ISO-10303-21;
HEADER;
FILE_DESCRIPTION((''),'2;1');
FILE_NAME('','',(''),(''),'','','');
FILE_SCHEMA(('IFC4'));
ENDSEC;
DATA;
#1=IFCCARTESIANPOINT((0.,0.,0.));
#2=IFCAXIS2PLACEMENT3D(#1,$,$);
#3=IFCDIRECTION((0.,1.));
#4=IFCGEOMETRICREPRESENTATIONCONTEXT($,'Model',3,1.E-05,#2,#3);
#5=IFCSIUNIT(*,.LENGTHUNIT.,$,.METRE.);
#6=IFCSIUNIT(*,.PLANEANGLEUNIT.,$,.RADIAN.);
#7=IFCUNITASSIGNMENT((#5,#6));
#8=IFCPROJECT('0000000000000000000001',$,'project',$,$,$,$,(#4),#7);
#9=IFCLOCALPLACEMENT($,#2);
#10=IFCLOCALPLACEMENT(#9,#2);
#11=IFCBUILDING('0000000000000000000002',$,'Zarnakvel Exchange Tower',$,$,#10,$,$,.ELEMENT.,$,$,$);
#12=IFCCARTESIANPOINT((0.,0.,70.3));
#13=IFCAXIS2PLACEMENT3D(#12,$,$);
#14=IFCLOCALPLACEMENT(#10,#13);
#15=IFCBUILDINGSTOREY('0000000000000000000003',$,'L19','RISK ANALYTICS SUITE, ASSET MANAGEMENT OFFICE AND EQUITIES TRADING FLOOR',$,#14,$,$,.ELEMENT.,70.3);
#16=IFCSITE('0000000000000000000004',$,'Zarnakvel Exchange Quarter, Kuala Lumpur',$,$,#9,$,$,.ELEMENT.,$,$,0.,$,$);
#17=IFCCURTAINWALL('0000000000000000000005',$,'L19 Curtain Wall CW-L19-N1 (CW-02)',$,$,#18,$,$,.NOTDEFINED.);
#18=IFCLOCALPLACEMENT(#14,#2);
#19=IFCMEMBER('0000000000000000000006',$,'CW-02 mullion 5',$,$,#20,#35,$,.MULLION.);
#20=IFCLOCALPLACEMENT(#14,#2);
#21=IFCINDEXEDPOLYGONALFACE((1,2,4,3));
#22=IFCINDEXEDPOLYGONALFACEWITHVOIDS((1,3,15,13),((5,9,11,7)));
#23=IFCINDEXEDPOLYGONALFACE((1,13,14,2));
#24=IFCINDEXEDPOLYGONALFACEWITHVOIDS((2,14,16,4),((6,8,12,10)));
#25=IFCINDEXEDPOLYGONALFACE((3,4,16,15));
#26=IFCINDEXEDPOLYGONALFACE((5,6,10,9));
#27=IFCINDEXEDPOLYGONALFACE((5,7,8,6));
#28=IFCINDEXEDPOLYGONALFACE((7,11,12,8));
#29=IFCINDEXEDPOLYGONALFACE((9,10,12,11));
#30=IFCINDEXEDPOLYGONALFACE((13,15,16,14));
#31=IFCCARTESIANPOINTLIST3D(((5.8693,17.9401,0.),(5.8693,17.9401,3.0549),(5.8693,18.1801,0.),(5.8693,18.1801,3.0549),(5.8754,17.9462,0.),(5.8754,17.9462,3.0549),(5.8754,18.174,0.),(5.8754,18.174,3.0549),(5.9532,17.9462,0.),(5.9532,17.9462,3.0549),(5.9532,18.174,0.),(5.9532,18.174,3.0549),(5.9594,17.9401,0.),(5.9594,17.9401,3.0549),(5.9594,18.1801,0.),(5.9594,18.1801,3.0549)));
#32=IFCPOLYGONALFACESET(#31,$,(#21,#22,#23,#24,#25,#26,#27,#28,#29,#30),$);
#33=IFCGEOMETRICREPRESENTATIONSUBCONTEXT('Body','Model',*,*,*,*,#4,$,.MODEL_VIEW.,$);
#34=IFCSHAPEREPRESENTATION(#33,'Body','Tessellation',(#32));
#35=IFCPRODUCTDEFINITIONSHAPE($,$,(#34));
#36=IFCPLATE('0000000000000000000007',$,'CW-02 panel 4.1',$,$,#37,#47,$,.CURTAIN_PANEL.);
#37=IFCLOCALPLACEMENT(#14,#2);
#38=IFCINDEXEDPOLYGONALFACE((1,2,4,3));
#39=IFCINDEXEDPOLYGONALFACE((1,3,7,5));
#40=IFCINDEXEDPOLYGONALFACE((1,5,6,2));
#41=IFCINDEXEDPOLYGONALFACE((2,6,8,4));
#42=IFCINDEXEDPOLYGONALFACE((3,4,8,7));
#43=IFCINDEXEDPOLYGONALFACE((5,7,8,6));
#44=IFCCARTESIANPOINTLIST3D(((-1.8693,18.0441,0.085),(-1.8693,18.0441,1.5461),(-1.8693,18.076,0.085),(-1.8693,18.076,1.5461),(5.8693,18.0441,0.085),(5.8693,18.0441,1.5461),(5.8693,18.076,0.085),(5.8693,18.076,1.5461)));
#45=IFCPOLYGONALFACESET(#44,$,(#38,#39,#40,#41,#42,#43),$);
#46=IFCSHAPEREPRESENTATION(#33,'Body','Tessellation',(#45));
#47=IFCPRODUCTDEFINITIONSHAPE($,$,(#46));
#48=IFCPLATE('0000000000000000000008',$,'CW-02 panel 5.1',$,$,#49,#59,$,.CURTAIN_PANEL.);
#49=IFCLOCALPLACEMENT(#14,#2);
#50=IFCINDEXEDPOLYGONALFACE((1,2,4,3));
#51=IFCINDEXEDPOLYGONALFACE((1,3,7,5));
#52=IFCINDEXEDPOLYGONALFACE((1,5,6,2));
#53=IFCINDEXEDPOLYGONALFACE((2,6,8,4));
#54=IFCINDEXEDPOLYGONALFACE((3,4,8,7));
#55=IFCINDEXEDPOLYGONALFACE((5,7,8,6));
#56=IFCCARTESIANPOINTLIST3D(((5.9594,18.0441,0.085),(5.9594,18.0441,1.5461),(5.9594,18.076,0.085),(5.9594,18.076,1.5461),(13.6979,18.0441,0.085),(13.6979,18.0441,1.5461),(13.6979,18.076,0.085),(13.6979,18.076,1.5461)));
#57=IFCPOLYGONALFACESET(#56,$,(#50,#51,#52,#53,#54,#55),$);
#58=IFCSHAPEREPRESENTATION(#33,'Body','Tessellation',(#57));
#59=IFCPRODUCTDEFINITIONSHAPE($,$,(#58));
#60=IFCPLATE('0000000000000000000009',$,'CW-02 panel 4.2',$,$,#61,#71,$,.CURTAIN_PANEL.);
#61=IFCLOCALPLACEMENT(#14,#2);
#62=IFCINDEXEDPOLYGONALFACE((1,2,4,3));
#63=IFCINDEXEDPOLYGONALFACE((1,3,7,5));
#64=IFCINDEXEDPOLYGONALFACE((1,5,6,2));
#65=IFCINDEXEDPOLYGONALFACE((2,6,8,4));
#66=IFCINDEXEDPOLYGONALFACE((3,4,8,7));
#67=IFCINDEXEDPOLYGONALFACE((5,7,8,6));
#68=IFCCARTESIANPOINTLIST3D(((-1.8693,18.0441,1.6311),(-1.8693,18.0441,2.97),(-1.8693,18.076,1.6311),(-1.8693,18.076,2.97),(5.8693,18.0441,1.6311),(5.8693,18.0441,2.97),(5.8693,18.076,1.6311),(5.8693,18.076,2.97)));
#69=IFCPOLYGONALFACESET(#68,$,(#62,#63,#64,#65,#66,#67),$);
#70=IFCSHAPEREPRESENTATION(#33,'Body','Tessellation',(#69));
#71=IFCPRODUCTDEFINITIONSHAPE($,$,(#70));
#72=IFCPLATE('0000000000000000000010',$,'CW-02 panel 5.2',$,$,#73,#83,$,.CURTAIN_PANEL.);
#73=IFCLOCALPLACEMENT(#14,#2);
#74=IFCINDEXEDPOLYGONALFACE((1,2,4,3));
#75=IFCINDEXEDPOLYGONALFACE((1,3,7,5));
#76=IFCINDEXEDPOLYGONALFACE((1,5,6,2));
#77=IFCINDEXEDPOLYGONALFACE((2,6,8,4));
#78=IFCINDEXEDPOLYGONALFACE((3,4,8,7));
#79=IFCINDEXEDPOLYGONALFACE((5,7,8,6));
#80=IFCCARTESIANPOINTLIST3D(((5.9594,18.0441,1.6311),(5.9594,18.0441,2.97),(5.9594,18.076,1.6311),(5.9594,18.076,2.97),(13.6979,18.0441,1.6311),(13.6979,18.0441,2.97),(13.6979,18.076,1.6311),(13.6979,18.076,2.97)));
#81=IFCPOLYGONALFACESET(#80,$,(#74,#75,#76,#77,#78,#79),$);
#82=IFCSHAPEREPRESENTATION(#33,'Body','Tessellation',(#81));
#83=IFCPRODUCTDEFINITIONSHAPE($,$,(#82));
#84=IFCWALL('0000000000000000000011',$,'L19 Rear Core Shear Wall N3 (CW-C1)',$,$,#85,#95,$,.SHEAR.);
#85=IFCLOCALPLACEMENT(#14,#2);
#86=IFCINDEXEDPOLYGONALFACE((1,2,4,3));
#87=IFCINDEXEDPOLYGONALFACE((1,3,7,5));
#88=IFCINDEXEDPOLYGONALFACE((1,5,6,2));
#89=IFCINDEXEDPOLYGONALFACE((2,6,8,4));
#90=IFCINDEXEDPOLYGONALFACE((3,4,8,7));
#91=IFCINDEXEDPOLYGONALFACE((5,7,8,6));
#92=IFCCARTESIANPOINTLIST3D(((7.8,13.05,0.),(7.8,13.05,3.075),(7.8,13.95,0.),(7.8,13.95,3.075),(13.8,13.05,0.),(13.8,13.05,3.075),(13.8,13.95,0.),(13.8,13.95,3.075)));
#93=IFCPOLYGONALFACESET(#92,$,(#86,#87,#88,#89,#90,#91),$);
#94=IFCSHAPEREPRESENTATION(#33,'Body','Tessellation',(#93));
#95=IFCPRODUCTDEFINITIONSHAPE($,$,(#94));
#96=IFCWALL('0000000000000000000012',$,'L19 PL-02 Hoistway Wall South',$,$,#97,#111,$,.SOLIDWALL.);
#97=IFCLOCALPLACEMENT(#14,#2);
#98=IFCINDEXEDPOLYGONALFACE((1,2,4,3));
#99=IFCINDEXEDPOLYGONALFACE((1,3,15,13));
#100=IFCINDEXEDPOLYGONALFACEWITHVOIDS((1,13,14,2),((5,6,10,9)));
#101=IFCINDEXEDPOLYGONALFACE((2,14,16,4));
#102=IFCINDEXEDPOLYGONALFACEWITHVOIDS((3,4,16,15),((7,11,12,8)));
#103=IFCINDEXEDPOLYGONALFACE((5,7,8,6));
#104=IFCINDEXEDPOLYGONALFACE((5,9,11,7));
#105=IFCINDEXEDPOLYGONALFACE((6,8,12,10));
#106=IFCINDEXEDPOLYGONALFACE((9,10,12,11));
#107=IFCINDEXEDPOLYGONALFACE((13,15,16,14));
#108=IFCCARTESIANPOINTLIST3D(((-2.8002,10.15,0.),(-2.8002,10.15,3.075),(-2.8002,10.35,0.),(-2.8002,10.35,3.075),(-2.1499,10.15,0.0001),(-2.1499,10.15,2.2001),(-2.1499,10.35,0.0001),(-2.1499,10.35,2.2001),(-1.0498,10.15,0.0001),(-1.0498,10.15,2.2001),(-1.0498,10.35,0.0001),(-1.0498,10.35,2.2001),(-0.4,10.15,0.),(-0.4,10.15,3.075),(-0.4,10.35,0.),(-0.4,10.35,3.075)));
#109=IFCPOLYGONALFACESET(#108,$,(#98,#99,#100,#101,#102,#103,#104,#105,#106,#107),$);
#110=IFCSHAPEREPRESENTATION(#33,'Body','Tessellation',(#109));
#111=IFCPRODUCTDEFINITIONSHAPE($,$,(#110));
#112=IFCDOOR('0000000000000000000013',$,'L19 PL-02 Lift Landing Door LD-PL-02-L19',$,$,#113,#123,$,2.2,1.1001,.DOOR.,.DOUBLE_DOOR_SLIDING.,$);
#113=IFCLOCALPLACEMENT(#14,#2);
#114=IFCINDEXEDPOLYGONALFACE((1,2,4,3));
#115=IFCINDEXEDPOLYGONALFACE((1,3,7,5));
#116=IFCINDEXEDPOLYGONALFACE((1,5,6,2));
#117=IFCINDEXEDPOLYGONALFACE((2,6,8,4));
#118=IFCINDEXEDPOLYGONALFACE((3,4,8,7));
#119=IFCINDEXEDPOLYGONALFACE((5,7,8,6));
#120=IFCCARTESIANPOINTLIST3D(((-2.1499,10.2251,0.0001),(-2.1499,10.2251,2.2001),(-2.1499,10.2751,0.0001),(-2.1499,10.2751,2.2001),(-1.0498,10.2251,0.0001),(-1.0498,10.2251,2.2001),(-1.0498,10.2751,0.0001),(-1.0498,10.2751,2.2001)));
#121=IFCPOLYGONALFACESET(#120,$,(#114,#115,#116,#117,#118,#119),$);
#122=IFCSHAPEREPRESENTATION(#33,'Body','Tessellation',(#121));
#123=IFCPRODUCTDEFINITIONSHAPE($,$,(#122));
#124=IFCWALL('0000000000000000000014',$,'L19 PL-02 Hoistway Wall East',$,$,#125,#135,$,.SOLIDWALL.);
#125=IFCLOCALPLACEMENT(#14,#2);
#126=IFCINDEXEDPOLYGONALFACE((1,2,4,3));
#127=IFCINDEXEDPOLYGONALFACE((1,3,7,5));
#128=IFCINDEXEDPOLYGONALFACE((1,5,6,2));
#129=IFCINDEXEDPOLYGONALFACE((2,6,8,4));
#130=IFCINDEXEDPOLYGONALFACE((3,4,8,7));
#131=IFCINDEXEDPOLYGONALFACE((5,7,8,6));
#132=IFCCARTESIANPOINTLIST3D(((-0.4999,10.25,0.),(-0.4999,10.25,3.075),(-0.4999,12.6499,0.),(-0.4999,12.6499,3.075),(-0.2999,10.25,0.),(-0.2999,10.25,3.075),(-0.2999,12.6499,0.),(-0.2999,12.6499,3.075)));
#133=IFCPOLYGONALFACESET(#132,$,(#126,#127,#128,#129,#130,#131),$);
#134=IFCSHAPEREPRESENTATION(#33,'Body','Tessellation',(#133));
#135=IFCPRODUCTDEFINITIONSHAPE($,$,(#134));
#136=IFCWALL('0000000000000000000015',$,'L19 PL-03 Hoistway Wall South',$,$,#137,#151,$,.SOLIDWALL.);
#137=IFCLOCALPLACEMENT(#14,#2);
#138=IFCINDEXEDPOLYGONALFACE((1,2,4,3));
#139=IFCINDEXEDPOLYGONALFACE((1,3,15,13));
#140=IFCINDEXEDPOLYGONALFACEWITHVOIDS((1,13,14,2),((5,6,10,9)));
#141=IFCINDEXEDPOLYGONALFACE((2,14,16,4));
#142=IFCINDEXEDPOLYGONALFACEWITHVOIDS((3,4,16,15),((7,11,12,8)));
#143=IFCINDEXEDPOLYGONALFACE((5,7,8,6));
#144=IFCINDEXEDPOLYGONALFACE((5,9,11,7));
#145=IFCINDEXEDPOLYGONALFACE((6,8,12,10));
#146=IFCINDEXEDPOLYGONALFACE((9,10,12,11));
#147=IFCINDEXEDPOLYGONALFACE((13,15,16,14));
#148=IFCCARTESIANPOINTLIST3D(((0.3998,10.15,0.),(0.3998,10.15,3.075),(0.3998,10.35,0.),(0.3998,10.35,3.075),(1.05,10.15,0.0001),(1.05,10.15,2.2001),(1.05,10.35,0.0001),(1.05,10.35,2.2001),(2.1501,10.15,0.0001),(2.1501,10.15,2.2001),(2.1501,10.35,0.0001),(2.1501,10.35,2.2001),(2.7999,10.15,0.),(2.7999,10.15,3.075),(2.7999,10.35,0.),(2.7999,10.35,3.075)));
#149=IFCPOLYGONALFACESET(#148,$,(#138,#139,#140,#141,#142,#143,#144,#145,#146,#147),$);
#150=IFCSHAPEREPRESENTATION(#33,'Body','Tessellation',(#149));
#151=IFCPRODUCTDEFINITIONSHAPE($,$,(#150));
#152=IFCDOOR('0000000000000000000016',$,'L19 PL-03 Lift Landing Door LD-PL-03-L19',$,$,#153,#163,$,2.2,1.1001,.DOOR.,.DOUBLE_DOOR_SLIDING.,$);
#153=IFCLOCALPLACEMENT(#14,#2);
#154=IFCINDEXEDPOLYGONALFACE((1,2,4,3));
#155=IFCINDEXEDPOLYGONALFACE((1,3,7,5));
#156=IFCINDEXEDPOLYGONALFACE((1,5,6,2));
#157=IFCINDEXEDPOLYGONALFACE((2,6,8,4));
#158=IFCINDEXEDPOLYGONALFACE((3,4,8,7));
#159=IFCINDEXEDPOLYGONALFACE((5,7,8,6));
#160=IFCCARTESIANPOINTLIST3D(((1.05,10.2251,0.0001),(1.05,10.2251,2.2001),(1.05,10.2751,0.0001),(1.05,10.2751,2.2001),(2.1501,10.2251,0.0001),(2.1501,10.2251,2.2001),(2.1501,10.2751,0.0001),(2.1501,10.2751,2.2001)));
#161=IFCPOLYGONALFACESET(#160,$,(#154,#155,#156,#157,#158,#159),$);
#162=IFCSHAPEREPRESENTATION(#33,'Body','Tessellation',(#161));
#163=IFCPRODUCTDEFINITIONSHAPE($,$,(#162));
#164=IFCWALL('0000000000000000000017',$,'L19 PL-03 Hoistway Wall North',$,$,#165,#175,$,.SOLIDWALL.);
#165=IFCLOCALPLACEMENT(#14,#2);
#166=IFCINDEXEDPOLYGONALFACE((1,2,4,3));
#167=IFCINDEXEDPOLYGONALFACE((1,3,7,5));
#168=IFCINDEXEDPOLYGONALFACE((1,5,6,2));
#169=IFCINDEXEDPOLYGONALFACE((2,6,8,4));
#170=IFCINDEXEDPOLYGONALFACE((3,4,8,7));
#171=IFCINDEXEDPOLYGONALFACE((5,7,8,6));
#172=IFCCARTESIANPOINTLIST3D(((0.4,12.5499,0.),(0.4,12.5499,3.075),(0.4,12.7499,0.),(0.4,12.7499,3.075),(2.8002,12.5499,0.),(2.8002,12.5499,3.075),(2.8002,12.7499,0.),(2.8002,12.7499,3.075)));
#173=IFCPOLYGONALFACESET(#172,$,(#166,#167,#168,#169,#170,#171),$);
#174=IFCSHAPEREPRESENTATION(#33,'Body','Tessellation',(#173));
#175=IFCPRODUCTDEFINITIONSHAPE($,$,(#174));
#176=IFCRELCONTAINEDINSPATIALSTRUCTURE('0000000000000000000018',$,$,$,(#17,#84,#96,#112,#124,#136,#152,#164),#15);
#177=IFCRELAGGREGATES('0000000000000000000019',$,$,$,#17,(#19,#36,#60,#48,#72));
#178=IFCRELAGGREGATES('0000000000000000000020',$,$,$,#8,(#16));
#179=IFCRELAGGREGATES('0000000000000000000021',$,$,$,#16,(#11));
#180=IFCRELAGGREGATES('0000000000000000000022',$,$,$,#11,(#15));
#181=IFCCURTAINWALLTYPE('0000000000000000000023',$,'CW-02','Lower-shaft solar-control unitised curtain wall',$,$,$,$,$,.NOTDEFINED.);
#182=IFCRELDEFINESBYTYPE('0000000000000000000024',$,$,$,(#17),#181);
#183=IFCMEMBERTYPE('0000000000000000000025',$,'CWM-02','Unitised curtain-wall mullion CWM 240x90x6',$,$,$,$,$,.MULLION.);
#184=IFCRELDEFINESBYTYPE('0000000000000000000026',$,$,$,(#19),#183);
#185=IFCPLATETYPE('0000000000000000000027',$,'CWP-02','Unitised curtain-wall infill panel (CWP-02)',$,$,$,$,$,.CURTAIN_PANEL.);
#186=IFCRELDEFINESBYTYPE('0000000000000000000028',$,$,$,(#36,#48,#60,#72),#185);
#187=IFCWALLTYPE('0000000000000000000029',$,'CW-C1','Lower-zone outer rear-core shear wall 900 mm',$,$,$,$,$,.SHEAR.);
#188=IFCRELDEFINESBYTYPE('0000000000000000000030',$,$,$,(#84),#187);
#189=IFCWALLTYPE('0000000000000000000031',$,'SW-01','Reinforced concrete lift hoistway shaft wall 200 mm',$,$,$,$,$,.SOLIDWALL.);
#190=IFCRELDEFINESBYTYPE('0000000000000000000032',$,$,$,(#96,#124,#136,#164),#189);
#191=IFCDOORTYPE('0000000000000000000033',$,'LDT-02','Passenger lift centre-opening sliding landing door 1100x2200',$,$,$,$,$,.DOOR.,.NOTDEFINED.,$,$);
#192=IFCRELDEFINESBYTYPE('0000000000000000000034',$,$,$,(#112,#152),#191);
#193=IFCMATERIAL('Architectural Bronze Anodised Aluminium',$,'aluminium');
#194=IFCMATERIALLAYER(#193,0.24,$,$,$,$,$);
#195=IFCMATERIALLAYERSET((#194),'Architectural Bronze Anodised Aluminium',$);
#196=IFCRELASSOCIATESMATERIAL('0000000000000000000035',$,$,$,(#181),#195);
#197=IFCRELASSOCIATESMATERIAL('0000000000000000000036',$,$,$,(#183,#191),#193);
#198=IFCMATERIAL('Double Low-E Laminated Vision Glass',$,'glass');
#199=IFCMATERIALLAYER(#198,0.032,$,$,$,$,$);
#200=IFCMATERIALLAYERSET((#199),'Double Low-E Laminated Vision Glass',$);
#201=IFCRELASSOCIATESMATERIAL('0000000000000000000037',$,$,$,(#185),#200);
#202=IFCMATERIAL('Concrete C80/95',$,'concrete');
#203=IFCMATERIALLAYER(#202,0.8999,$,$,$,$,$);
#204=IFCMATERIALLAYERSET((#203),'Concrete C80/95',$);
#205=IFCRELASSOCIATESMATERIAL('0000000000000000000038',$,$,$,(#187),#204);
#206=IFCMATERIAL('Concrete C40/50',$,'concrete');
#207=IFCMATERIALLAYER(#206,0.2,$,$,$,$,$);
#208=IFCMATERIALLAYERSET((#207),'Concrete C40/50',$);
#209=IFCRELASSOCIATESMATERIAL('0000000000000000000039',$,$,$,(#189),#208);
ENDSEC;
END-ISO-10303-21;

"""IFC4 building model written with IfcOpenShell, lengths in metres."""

from ifc_helpers import new_model, si_unit, direction, frame, frame_2d, origin, origin_2d, place, context, subcontext, project, spatial, rectangle, hollow_rectangle, extrude, source, transform, mapped, material, layer, layer_set, material_profile, profile_set, type_object, element, fill, aggregate, save


model = new_model("IFC4")

# Units and contexts
model_context = context("Model", 3, precision=1e-05, world=origin(), true_north=direction((0.0, 1.0)))
body_context = subcontext(model_context, "Body", "Model", "MODEL_VIEW")
ifc_project = project(units=[si_unit("LENGTHUNIT", "METRE"), si_unit("PLANEANGLEUNIT", "RADIAN")], contexts=[model_context])

# Site, building, storey
site_placement = place(None, origin())
site = spatial("IfcSite", under=ifc_project, at=site_placement, Name="Zarnakvel Exchange Quarter, Kuala Lumpur", CompositionType="ELEMENT", RefElevation=0.0)
building_placement = place(site_placement, origin())
building = spatial("IfcBuilding", under=site, at=building_placement, Name="Zarnakvel Exchange Tower", CompositionType="ELEMENT")
storey_placement = place(building_placement, frame((0.0, 0.0, 70.3)))
storey = spatial("IfcBuildingStorey", under=building, at=storey_placement, Name="L19", Description="RISK ANALYTICS SUITE, ASSET MANAGEMENT OFFICE AND EQUITIES TRADING FLOOR", CompositionType="ELEMENT", Elevation=70.3)

# Shared definitions
ifc_material_1 = material(Name="Concrete C80/95", Category="concrete")

# Curtain wall, member, plates
ifc_material_2 = material(Name="Architectural Bronze Anodised Aluminium", Category="aluminium")
ifc_layer_1 = layer(ifc_material_2, 0.24)
ifc_layer_set_1 = layer_set([ifc_layer_1], Name="Architectural Bronze Anodised Aluminium")
curtain_wall_type = type_object("IfcCurtainWallType", Name="CW-02", Description="Lower-shaft solar-control unitised curtain wall", PredefinedType="NOTDEFINED", material=ifc_layer_set_1)
curtain_wall_placement = place(storey_placement, origin())
curtain_wall = element("IfcCurtainWall", 1, at=curtain_wall_placement, inside=storey, type_object=curtain_wall_type, Name="L19 Curtain Wall CW-L19-N1 (CW-02)", PredefinedType="NOTDEFINED")
ifc_material_profile_1 = material_profile(ifc_material_2, hollow_rectangle(XDim=0.24, YDim=0.0901, WallThickness=0.0061, at=origin_2d()))
ifc_profile_set_1 = profile_set([ifc_material_profile_1], Name="Architectural Bronze Anodised Aluminium")
member_type_1 = type_object("IfcMemberType", Name="CWM-02", Description="Unitised curtain-wall mullion CWM 240x90x6", PredefinedType="MULLION", material=ifc_profile_set_1)
shared_shape_1 = source(origin(), body_context, "Body", "SweptSolid", [
    extrude(hollow_rectangle(XDim=0.24, YDim=0.0901, WallThickness=0.0061, at=origin_2d()), origin(), (0.0, 0.0, 1.0), 3.0549),
])
member_1_placement = place(storey_placement, frame((5.9143, 18.0601, 0.0), z_axis=(0.0, 0.0, 1.0), x_axis=(0.0, 1.0, 0.0)))
member_1 = element("IfcMember", 2, at=member_1_placement, type_object=member_type_1, Name="CW-02 mullion 5", PredefinedType="MULLION", context=body_context, shape_type="MappedRepresentation", body=[
    mapped(shared_shape_1, transform((0.0, 0.0, 0.0), x_axis=(1.0, 0.0, 0.0), y_axis=(0.0, 1.0, 0.0), z_axis=(0.0, 0.0, 1.0), scale=1.0)),
])
ifc_material_3 = material(Name="Double Low-E Laminated Vision Glass", Category="glass")
ifc_layer_2 = layer(ifc_material_3, 0.032)
ifc_layer_set_2 = layer_set([ifc_layer_2], Name="Double Low-E Laminated Vision Glass")
plate_type = type_object("IfcPlateType", Name="CWP-02", Description="Unitised curtain-wall infill panel (CWP-02)", PredefinedType="CURTAIN_PANEL", material=ifc_layer_set_2)
shared_shape_2 = source(origin(), body_context, "Body", "SweptSolid", [
    extrude(rectangle(XDim=7.7385, YDim=0.032, at=origin_2d()), origin(), (0.0, 0.0, 1.0), 1.4612),
])
plate_1_placement = place(storey_placement, frame((2.0, 18.0601, 0.085), z_axis=(0.0, 0.0, 1.0), x_axis=(1.0, 0.0, 0.0)))
plate_1 = element("IfcPlate", 3, at=plate_1_placement, type_object=plate_type, Name="CW-02 panel 4.1", PredefinedType="CURTAIN_PANEL", context=body_context, shape_type="MappedRepresentation", body=[
    mapped(shared_shape_2, transform((0.0, 0.0, 0.0), x_axis=(1.0, 0.0, 0.0), y_axis=(0.0, 1.0, 0.0), z_axis=(0.0, 0.0, 1.0), scale=1.0)),
])
plate_2_placement = place(storey_placement, frame((9.8286, 18.0601, 0.085), z_axis=(0.0, 0.0, 1.0), x_axis=(1.0, 0.0, 0.0)))
plate_2 = element("IfcPlate", 4, at=plate_2_placement, type_object=plate_type, Name="CW-02 panel 5.1", PredefinedType="CURTAIN_PANEL", context=body_context, shape_type="MappedRepresentation", body=[
    mapped(shared_shape_2, transform((0.0, 0.0, 0.0), x_axis=(1.0, 0.0, 0.0), y_axis=(0.0, 1.0, 0.0), z_axis=(0.0, 0.0, 1.0), scale=1.0)),
])
shared_shape_3 = source(origin(), body_context, "Body", "SweptSolid", [
    extrude(rectangle(XDim=7.7385, YDim=0.032, at=origin_2d()), origin(), (0.0, 0.0, 1.0), 1.3389),
])
plate_3_placement = place(storey_placement, frame((2.0, 18.0601, 1.6311), z_axis=(0.0, 0.0, 1.0), x_axis=(1.0, 0.0, 0.0)))
plate_3 = element("IfcPlate", 5, at=plate_3_placement, type_object=plate_type, Name="CW-02 panel 4.2", PredefinedType="CURTAIN_PANEL", context=body_context, shape_type="MappedRepresentation", body=[
    mapped(shared_shape_3, transform((0.0, 0.0, 0.0), x_axis=(1.0, 0.0, 0.0), y_axis=(0.0, 1.0, 0.0), z_axis=(0.0, 0.0, 1.0), scale=1.0)),
])
plate_4_placement = place(storey_placement, frame((9.8286, 18.0601, 1.6311), z_axis=(0.0, 0.0, 1.0), x_axis=(1.0, 0.0, 0.0)))
plate_4 = element("IfcPlate", 6, at=plate_4_placement, type_object=plate_type, Name="CW-02 panel 5.2", PredefinedType="CURTAIN_PANEL", context=body_context, shape_type="MappedRepresentation", body=[
    mapped(shared_shape_3, transform((0.0, 0.0, 0.0), x_axis=(1.0, 0.0, 0.0), y_axis=(0.0, 1.0, 0.0), z_axis=(0.0, 0.0, 1.0), scale=1.0)),
])
aggregate(curtain_wall, [member_1, plate_1, plate_3, plate_2, plate_4])

# Wall
ifc_layer_3 = layer(ifc_material_1, 0.8999)
ifc_layer_set_3 = layer_set([ifc_layer_3], Name="Concrete C80/95")
wall_type_1 = type_object("IfcWallType", Name="CW-C1", Description="Lower-zone outer rear-core shear wall 900 mm", PredefinedType="SHEAR", material=ifc_layer_set_3)
wall_1_placement = place(storey_placement, frame((7.8, 13.5, 0.0), z_axis=(0.0, 0.0, 1.0), x_axis=(1.0, 0.0, 0.0)))
element("IfcWall", 7, at=wall_1_placement, inside=storey, type_object=wall_type_1, Name="L19 Rear Core Shear Wall N3 (CW-C1)", PredefinedType="SHEAR", context=body_context, shape_type="SweptSolid", body=[
    extrude(rectangle(XDim=6.0, YDim=0.8999, at=frame_2d((3.0, 0.0))), origin(), (0.0, 0.0, 1.0), 3.075),
])

# Wall, opening, door
ifc_material_4 = material(Name="Concrete C40/50", Category="concrete")
ifc_layer_4 = layer(ifc_material_4, 0.2)
ifc_layer_set_4 = layer_set([ifc_layer_4], Name="Concrete C40/50")
wall_type_2 = type_object("IfcWallType", Name="SW-01", Description="Reinforced concrete lift hoistway shaft wall 200 mm", PredefinedType="SOLIDWALL", material=ifc_layer_set_4)
wall_2_placement = place(storey_placement, frame((-0.3999, 10.25, 0.0), z_axis=(0.0, 0.0, 1.0), x_axis=(-1.0, 0.0, 0.0)))
wall_2 = element("IfcWall", 8, at=wall_2_placement, inside=storey, type_object=wall_type_2, Name="L19 PL-02 Hoistway Wall South", PredefinedType="SOLIDWALL", context=body_context, shape_type="SweptSolid", body=[
    extrude(rectangle(XDim=2.4001, YDim=0.2, at=frame_2d((1.2002, 0.0))), origin(), (0.0, 0.0, 1.0), 3.075),
])
opening_1_placement = place(wall_2_placement, frame((0.6499, 0.0, 0.0)))
opening_1 = element("IfcOpeningElement", 9, at=opening_1_placement, cuts=wall_2, PredefinedType="OPENING", context=body_context, shape_type="SweptSolid", body=[
    extrude(rectangle(XDim=1.1001, YDim=2.2, at=frame_2d((0.55, 1.1001))), frame((0.0, 0.1099, 0.0), z_axis=(0.0, -1.0, 0.0), x_axis=(1.0, 0.0, 0.0)), (0.0, 0.0, 1.0), 0.22),
])
door_type = type_object("IfcDoorType", Name="LDT-02", Description="Passenger lift centre-opening sliding landing door 1100x2200", OperationType="NOTDEFINED", PredefinedType="DOOR", material=ifc_material_2)
shared_shape_4 = source(origin(), body_context, "Body", "SweptSolid", [
    extrude(rectangle(XDim=1.1001, YDim=2.2, at=frame_2d((0.55, 1.1001))), frame((0.0, 0.0249, 0.0), z_axis=(0.0, -1.0, 0.0), x_axis=(1.0, 0.0, 0.0)), (0.0, 0.0, 1.0), 0.05),
])
door_1_placement = place(opening_1_placement, origin())
door_1 = element("IfcDoor", 10, at=door_1_placement, inside=storey, type_object=door_type, Name="L19 PL-02 Lift Landing Door LD-PL-02-L19", OperationType="DOUBLE_DOOR_SLIDING", OverallHeight=2.2, OverallWidth=1.1001, PredefinedType="DOOR", context=body_context, shape_type="MappedRepresentation", body=[
    mapped(shared_shape_4, transform((0.0, 0.0, 0.0), x_axis=(1.0, 0.0, 0.0), y_axis=(0.0, 1.0, 0.0), z_axis=(0.0, 0.0, 1.0), scale=1.0)),
])
fill(opening_1, door_1)

# Wall
wall_3_placement = place(storey_placement, frame((-0.3999, 12.6499, 0.0), z_axis=(0.0, 0.0, 1.0), x_axis=(0.0, -1.0, 0.0)))
element("IfcWall", 11, at=wall_3_placement, inside=storey, type_object=wall_type_2, Name="L19 PL-02 Hoistway Wall East", PredefinedType="SOLIDWALL", context=body_context, shape_type="SweptSolid", body=[
    extrude(rectangle(XDim=2.3999, YDim=0.2, at=frame_2d((1.2, 0.0))), origin(), (0.0, 0.0, 1.0), 3.075),
])

# Wall, opening, door
wall_4_placement = place(storey_placement, frame((2.8, 10.25, 0.0), z_axis=(0.0, 0.0, 1.0), x_axis=(-1.0, 0.0, 0.0)))
wall_4 = element("IfcWall", 12, at=wall_4_placement, inside=storey, type_object=wall_type_2, Name="L19 PL-03 Hoistway Wall South", PredefinedType="SOLIDWALL", context=body_context, shape_type="SweptSolid", body=[
    extrude(rectangle(XDim=2.4001, YDim=0.2, at=frame_2d((1.2002, 0.0))), origin(), (0.0, 0.0, 1.0), 3.075),
])
opening_2_placement = place(wall_4_placement, frame((0.6499, 0.0, 0.0)))
opening_2 = element("IfcOpeningElement", 13, at=opening_2_placement, cuts=wall_4, PredefinedType="OPENING", context=body_context, shape_type="SweptSolid", body=[
    extrude(rectangle(XDim=1.1001, YDim=2.2, at=frame_2d((0.55, 1.1001))), frame((0.0, 0.1099, 0.0), z_axis=(0.0, -1.0, 0.0), x_axis=(1.0, 0.0, 0.0)), (0.0, 0.0, 1.0), 0.22),
])
door_2_placement = place(opening_2_placement, origin())
door_2 = element("IfcDoor", 14, at=door_2_placement, inside=storey, type_object=door_type, Name="L19 PL-03 Lift Landing Door LD-PL-03-L19", OperationType="DOUBLE_DOOR_SLIDING", OverallHeight=2.2, OverallWidth=1.1001, PredefinedType="DOOR", context=body_context, shape_type="MappedRepresentation", body=[
    mapped(shared_shape_4, transform((0.0, 0.0, 0.0), x_axis=(1.0, 0.0, 0.0), y_axis=(0.0, 1.0, 0.0), z_axis=(0.0, 0.0, 1.0), scale=1.0)),
])
fill(opening_2, door_2)

# Wall
wall_5_placement = place(storey_placement, frame((0.3999, 12.6499, 0.0), z_axis=(0.0, 0.0, 1.0), x_axis=(1.0, 0.0, 0.0)))
element("IfcWall", 15, at=wall_5_placement, inside=storey, type_object=wall_type_2, Name="L19 PL-03 Hoistway Wall North", PredefinedType="SOLIDWALL", context=body_context, shape_type="SweptSolid", body=[
    extrude(rectangle(XDim=2.4001, YDim=0.2, at=frame_2d((1.2002, 0.0))), origin(), (0.0, 0.0, 1.0), 3.075),
])

save(model, "model.ifc")
